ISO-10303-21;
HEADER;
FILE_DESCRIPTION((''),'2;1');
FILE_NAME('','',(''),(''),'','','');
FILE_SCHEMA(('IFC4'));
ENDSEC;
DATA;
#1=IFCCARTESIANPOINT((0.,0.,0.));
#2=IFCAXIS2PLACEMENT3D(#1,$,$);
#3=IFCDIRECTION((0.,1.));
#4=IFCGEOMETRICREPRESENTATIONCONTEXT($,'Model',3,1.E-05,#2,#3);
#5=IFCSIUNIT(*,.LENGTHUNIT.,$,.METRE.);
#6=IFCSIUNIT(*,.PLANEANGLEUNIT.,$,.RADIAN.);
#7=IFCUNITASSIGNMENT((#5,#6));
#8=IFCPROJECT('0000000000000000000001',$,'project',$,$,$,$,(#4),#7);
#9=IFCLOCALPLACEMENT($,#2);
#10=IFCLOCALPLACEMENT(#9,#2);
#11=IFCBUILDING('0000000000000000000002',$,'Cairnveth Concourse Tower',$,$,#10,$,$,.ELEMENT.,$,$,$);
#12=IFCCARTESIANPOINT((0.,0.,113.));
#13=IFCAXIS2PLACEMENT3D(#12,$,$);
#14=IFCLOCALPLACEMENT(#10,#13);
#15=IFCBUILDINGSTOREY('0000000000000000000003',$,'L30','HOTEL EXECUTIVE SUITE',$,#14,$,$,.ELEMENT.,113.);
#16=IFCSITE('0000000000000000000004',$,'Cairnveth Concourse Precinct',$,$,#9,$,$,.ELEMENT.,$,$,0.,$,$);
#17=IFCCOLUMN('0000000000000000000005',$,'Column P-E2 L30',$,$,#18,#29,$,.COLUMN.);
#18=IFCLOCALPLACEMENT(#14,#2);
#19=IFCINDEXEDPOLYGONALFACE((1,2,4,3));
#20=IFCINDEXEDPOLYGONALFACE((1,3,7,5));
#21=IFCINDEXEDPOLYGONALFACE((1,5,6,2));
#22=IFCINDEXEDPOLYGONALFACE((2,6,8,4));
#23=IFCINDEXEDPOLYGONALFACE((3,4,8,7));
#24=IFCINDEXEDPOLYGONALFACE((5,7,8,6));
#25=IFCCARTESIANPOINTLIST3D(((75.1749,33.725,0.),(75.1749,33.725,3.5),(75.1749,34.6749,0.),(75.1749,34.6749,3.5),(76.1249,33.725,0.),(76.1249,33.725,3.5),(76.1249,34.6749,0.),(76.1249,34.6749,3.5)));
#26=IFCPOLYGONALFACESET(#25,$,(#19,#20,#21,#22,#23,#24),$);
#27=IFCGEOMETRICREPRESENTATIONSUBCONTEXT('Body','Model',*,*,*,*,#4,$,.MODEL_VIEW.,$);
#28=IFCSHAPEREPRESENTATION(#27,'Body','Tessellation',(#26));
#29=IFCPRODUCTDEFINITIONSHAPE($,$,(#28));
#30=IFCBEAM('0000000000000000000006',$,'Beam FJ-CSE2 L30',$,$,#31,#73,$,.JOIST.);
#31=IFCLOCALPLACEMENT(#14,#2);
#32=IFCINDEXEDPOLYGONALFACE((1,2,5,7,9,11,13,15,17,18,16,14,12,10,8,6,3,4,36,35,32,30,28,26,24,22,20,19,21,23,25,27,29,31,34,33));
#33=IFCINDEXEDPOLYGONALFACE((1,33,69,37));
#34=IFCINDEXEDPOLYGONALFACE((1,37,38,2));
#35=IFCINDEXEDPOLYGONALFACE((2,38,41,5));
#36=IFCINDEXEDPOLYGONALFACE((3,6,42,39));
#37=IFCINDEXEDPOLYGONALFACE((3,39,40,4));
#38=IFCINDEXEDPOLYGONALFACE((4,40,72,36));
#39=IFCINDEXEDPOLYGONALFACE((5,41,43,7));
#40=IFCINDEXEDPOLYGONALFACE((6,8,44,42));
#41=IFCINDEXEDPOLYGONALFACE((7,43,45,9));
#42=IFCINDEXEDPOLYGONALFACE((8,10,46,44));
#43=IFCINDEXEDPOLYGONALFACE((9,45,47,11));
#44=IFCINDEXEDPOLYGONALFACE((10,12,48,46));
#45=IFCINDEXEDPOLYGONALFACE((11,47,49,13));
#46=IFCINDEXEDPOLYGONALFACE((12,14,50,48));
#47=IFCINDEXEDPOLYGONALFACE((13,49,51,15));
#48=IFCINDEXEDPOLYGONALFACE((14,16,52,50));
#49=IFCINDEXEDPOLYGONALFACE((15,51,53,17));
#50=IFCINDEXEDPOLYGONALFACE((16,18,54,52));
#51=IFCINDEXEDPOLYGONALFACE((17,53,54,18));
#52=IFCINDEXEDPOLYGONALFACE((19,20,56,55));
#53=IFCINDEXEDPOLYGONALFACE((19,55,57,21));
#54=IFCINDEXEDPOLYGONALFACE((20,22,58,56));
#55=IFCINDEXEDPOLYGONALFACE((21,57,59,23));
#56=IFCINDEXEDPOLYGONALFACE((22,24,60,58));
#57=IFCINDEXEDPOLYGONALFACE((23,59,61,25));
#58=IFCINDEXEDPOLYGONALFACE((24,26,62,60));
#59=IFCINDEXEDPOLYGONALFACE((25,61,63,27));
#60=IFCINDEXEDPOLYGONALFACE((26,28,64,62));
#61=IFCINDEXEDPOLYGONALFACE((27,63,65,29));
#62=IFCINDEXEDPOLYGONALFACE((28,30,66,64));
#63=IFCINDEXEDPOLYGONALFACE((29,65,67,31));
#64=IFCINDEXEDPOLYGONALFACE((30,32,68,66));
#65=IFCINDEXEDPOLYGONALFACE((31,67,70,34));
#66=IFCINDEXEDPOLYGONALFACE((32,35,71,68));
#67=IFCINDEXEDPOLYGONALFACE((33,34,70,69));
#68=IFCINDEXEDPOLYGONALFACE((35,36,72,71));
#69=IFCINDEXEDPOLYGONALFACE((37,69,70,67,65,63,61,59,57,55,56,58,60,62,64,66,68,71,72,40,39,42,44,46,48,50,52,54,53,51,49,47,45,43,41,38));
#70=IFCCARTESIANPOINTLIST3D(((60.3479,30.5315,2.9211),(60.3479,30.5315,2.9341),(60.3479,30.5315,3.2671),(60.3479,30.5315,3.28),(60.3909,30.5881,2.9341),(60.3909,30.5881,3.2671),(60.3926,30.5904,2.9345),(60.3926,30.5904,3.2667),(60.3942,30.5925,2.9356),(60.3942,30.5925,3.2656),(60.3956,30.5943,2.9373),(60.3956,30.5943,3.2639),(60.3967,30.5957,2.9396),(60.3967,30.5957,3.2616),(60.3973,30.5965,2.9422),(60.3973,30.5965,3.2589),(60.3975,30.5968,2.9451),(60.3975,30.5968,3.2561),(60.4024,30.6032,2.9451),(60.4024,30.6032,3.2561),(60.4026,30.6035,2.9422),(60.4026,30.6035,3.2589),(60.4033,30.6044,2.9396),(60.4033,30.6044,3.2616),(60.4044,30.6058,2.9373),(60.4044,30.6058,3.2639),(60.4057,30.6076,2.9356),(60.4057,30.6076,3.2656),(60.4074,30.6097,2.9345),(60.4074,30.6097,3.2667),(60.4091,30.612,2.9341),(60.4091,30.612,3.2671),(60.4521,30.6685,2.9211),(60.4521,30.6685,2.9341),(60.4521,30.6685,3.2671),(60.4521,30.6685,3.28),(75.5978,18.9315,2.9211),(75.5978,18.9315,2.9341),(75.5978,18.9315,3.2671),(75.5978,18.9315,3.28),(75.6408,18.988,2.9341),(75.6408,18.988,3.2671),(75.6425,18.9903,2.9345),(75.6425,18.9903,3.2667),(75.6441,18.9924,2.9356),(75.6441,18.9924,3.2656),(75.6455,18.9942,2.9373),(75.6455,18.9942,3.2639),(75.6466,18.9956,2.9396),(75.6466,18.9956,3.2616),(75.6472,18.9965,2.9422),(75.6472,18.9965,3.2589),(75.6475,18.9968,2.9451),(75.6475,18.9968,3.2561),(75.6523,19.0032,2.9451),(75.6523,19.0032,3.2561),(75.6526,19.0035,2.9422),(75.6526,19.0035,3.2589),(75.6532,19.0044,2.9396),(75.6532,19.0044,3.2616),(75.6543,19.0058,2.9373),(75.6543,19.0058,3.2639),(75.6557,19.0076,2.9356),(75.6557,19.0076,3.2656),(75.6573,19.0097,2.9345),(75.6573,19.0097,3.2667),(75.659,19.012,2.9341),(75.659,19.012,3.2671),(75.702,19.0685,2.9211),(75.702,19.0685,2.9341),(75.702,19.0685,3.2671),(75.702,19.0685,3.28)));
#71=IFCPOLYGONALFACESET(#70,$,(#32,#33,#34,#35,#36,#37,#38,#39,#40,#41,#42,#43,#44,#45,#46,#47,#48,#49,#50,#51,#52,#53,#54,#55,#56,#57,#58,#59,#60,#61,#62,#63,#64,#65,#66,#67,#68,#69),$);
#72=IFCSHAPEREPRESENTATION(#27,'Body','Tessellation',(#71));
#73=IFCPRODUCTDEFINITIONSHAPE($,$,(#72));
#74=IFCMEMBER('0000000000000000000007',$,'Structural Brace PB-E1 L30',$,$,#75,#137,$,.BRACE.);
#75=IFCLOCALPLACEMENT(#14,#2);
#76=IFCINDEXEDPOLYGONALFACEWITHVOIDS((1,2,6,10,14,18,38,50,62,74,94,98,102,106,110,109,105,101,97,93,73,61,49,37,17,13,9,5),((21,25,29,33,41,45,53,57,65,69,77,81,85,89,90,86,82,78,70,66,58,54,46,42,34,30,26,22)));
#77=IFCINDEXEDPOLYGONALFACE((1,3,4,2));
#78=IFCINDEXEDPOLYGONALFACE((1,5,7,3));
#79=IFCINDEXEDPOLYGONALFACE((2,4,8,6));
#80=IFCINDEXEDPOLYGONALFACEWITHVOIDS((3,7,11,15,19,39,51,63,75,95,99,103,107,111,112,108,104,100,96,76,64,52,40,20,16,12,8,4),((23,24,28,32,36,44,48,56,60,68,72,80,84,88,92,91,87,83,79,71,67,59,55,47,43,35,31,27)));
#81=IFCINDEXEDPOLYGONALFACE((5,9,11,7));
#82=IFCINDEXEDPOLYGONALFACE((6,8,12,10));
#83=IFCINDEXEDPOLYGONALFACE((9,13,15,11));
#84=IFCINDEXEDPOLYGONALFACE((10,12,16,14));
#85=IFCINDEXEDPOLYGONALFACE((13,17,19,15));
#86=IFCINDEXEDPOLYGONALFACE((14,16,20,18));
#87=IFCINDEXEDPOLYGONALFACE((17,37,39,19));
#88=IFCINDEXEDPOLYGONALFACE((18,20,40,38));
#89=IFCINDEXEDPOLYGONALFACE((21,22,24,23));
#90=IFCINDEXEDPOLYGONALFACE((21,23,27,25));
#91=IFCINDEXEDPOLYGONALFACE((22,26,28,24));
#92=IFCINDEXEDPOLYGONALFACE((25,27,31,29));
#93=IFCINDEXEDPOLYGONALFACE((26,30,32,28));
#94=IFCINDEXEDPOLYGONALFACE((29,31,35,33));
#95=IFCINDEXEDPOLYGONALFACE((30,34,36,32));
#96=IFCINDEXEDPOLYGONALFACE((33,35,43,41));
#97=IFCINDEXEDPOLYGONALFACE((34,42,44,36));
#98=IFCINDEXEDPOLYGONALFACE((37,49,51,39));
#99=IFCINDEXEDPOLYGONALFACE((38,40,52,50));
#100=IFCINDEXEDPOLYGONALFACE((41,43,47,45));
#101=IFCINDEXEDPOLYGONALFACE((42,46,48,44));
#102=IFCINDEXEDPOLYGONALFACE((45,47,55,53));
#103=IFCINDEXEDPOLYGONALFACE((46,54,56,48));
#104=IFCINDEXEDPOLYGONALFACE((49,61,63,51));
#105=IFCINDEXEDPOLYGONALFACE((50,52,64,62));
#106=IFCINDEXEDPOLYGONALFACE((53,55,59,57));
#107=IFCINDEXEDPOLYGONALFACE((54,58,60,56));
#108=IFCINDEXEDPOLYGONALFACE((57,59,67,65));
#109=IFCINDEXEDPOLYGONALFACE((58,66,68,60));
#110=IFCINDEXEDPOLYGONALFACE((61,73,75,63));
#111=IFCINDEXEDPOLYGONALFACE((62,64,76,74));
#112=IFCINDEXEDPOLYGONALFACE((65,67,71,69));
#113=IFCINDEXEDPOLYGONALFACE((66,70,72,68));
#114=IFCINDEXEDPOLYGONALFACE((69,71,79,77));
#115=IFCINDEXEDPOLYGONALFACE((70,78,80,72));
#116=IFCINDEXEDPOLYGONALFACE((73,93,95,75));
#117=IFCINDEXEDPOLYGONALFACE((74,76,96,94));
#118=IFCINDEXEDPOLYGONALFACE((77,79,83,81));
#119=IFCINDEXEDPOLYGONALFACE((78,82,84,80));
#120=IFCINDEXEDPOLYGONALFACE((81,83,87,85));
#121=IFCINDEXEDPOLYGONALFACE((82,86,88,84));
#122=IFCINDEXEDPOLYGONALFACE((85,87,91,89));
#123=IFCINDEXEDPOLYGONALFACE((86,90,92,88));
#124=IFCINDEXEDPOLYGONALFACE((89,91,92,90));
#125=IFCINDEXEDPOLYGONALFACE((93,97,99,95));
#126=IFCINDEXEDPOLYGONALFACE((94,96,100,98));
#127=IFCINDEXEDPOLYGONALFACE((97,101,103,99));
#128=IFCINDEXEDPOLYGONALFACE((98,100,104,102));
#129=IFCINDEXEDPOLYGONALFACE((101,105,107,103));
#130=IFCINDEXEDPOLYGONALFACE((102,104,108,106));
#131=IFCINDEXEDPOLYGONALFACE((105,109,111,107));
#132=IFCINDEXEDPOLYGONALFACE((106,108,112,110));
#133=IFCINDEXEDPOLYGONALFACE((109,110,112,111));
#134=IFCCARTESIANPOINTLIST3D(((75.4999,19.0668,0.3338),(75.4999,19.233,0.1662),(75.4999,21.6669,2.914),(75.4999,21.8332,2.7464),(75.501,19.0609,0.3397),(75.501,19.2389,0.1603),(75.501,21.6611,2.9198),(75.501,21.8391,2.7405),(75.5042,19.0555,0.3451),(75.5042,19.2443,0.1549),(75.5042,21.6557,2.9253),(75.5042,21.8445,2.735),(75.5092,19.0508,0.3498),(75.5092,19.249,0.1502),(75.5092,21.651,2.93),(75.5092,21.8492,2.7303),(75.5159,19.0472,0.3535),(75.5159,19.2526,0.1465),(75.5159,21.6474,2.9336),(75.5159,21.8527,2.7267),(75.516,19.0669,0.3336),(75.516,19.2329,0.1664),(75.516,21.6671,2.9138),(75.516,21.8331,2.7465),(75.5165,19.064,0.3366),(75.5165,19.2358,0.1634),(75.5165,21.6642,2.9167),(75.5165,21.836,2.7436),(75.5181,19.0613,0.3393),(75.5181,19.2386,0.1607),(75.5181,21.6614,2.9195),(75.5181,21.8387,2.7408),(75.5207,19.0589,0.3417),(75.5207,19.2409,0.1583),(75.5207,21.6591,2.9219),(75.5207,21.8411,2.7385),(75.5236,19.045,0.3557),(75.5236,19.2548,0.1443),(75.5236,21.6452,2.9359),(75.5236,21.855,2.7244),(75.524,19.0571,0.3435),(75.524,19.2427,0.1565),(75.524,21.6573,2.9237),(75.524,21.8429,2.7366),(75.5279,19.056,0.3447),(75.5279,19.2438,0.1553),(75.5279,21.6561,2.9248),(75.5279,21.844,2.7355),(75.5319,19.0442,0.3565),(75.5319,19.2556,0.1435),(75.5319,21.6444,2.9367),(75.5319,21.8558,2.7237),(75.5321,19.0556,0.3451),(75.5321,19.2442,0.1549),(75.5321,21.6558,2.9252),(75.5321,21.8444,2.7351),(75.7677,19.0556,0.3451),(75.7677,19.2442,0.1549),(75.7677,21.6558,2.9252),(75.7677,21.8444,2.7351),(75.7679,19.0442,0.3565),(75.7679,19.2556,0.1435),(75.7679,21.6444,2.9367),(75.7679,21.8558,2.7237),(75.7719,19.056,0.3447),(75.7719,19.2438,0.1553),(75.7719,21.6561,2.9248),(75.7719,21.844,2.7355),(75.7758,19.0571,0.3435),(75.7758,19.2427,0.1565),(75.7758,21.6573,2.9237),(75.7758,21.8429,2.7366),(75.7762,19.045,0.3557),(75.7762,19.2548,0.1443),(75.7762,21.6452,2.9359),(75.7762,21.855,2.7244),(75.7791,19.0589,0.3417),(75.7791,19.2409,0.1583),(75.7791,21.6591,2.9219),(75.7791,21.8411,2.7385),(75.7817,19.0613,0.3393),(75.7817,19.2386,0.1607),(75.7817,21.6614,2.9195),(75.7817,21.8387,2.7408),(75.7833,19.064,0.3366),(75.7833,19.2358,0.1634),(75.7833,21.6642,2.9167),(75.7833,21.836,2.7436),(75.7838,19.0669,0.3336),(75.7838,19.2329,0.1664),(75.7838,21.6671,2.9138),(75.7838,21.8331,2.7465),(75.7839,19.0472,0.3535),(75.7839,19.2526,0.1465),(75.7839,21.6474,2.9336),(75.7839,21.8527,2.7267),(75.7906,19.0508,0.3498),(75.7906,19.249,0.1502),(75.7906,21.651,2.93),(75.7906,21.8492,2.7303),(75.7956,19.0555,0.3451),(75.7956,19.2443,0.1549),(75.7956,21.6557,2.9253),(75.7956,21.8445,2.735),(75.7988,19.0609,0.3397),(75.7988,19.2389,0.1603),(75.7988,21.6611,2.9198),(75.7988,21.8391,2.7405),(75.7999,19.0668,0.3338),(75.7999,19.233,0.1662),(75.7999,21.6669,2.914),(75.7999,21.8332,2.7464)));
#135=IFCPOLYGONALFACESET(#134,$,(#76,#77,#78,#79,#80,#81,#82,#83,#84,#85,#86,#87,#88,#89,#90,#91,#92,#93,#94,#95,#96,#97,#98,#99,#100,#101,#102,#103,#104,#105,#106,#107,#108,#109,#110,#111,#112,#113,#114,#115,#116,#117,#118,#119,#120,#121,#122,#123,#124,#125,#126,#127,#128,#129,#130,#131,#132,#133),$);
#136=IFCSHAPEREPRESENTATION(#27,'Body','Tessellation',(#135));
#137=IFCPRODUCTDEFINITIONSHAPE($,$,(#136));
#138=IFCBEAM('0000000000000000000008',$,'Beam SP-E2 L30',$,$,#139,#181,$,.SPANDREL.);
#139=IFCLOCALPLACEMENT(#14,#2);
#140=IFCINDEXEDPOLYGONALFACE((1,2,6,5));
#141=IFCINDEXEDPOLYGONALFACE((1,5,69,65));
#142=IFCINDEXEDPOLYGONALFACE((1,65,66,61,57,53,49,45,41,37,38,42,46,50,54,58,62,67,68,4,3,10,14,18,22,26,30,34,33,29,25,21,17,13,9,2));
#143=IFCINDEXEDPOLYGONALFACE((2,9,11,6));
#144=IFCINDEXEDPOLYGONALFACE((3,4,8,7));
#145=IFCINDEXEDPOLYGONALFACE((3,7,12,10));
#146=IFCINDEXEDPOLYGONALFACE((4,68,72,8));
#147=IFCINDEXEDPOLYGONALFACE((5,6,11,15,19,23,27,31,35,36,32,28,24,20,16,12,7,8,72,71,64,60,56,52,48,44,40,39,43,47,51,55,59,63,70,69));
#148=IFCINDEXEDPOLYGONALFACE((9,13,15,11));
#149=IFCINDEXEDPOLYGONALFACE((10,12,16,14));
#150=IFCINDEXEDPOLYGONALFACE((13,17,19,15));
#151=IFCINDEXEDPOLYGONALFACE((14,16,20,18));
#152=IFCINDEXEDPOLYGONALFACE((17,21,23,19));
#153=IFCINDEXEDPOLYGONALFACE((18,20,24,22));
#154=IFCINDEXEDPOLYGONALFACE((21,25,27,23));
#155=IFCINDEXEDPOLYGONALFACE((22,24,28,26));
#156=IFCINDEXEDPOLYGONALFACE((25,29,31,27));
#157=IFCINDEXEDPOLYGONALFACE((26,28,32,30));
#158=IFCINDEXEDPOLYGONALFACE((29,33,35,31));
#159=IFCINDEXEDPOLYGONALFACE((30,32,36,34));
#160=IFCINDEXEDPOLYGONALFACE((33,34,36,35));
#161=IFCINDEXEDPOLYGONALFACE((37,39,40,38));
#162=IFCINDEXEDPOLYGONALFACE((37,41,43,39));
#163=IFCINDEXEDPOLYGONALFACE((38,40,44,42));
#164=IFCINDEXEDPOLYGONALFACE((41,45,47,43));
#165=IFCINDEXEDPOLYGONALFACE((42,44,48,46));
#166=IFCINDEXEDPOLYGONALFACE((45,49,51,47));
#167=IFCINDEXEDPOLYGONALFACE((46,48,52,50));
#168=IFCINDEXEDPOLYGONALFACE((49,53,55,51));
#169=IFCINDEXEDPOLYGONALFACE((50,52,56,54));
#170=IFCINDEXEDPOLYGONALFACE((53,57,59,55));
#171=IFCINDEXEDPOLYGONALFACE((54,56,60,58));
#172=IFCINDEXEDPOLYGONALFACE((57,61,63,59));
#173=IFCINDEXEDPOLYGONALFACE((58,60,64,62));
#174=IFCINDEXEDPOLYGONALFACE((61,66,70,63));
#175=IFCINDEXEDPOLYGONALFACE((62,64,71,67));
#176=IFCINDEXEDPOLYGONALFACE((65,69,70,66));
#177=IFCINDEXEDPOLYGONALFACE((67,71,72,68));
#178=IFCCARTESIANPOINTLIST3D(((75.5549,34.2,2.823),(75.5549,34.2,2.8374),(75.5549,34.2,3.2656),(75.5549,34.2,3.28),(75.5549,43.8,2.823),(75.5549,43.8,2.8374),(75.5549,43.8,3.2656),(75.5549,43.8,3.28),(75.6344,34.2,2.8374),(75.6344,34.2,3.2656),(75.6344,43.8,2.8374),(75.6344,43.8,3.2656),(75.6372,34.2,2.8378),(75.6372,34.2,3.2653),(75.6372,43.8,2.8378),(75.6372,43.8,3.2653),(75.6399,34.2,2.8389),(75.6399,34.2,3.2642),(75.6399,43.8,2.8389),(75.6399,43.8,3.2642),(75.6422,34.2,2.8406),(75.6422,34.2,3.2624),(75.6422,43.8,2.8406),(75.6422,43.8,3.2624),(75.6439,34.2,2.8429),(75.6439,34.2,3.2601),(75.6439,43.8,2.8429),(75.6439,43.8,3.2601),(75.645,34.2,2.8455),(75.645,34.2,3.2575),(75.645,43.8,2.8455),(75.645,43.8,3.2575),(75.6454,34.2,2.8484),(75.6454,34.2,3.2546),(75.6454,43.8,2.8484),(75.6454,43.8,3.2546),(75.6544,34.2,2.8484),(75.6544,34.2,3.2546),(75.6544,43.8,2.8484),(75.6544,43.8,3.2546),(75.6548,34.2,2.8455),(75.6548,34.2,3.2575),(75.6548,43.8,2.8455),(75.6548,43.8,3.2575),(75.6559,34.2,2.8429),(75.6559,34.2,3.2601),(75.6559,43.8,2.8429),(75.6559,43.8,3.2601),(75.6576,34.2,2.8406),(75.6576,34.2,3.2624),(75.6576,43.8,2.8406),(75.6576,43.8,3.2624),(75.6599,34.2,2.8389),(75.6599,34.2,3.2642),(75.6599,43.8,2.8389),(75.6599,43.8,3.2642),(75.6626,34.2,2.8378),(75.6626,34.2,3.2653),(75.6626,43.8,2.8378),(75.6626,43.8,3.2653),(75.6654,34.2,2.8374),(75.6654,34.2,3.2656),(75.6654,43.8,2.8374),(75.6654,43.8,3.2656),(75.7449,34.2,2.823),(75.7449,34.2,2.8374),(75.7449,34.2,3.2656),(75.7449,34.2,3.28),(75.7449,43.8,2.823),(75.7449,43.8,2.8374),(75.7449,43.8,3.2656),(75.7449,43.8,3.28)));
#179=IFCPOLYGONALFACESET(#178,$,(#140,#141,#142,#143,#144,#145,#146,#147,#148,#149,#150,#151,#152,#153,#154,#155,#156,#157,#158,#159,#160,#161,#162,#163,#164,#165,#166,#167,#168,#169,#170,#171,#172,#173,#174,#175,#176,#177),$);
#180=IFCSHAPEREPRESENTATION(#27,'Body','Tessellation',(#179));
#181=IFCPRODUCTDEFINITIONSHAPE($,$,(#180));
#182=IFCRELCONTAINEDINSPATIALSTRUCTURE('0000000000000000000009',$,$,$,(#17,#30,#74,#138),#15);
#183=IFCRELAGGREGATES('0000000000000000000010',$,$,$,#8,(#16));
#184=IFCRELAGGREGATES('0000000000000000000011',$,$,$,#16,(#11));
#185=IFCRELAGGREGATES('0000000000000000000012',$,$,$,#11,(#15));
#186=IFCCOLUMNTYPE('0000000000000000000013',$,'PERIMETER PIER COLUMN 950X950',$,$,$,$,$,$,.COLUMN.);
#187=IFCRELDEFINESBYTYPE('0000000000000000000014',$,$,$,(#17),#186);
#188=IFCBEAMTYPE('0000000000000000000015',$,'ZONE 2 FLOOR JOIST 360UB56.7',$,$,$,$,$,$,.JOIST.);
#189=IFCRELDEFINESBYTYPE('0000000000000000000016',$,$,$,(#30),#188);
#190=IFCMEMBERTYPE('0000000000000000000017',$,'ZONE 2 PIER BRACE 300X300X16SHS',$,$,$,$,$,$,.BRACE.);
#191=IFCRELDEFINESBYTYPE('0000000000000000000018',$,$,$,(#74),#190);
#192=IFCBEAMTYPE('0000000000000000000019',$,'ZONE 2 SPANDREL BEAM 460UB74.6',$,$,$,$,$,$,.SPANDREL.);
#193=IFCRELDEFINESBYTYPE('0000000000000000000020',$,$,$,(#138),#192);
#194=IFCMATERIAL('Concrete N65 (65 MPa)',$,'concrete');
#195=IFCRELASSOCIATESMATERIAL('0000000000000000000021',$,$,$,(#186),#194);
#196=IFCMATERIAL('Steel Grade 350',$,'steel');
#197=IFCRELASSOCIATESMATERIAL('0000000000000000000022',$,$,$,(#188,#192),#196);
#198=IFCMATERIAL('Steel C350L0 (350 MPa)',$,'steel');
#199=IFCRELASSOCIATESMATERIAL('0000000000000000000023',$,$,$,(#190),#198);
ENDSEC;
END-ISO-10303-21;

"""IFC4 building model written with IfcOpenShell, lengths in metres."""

from ifc_helpers import new_model, si_unit, direction, frame, origin, origin_2d, place, context, subcontext, project, spatial, rectangle, hollow_rectangle, i_section, extrude, material, material_profile, profile_set, type_object, element, save


model = new_model("IFC4")

# Units and contexts
model_context = context("Model", 3, precision=1e-05, world=origin(), true_north=direction((0.0, 1.0)))
body_context = subcontext(model_context, "Body", "Model", "MODEL_VIEW")
ifc_project = project(units=[si_unit("LENGTHUNIT", "METRE"), si_unit("PLANEANGLEUNIT", "RADIAN")], contexts=[model_context])

# Site, building, storey
site_placement = place(None, origin())
site = spatial("IfcSite", under=ifc_project, at=site_placement, Name="Cairnveth Concourse Precinct", CompositionType="ELEMENT", RefElevation=0.0)
building_placement = place(site_placement, origin())
building = spatial("IfcBuilding", under=site, at=building_placement, Name="Cairnveth Concourse Tower", CompositionType="ELEMENT")
storey_placement = place(building_placement, frame((0.0, 0.0, 113.0)))
storey = spatial("IfcBuildingStorey", under=building, at=storey_placement, Name="L30", Description="HOTEL EXECUTIVE SUITE", CompositionType="ELEMENT", Elevation=113.0)

# Column
ifc_material_1 = material(Name="Concrete N65 (65 MPa)", Category="concrete")
ifc_material_profile_1 = material_profile(ifc_material_1, rectangle(XDim=0.95, YDim=0.95, at=origin_2d()), Name="RC-COL-950x950")
ifc_profile_set_1 = profile_set([ifc_material_profile_1], Name="Concrete N65 (65 MPa)")
column_type = type_object("IfcColumnType", Name="PERIMETER PIER COLUMN 950X950", PredefinedType="COLUMN", material=ifc_profile_set_1)
column_placement = place(storey_placement, frame((75.6499, 34.2, 0.0), z_axis=(0.0, 0.0, 1.0), x_axis=(0.0, 1.0, 0.0)))
element("IfcColumn", 1, at=column_placement, inside=storey, type_object=column_type, Name="Column P-E2 L30", PredefinedType="COLUMN", context=body_context, shape_type="SweptSolid", body=[
    extrude(rectangle(XDim=0.95, YDim=0.95, at=origin_2d()), origin(), (0.0, 0.0, 1.0), 3.5),
])

# Beam
ifc_material_2 = material(Name="Steel Grade 350", Category="steel")
ifc_material_profile_2 = material_profile(ifc_material_2, i_section(OverallWidth=0.1721, OverallDepth=0.3589, WebThickness=0.0081, FlangeThickness=0.0129, FilletRadius=0.011, at=origin_2d()), Name="360UB56.7")
ifc_profile_set_2 = profile_set([ifc_material_profile_2], Name="Steel Grade 350")
beam_type_1 = type_object("IfcBeamType", Name="ZONE 2 FLOOR JOIST 360UB56.7", PredefinedType="JOIST", material=ifc_profile_set_2)
beam_1_placement = place(storey_placement, frame((75.6499, 19.0, 3.1006), z_axis=(-0.795908, 0.605417, 0.0), x_axis=(-0.605417, -0.795908, 0.0)))
element("IfcBeam", 2, at=beam_1_placement, inside=storey, type_object=beam_type_1, Name="Beam FJ-CSE2 L30", PredefinedType="JOIST", context=body_context, shape_type="SweptSolid", body=[
    extrude(i_section(OverallWidth=0.1721, OverallDepth=0.3589, WebThickness=0.0081, FlangeThickness=0.0129, FilletRadius=0.011, at=origin_2d()), origin(), (0.0, 0.0, 1.0), 19.1604),
])

# Member
ifc_material_3 = material(Name="Steel C350L0 (350 MPa)", Category="steel")
ifc_material_profile_3 = material_profile(ifc_material_3, hollow_rectangle(XDim=0.3, YDim=0.3, WallThickness=0.0161, InnerFilletRadius=0.0161, OuterFilletRadius=0.032, at=origin_2d()), Name="300x300x16.0SHS")
ifc_profile_set_3 = profile_set([ifc_material_profile_3], Name="Steel C350L0 (350 MPa)")
member_type = type_object("IfcMemberType", Name="ZONE 2 PIER BRACE 300X300X16SHS", PredefinedType="BRACE", material=ifc_profile_set_3)
member_placement = place(storey_placement, frame((75.6499, 19.1499, 0.25), z_axis=(0.0, 0.709834, 0.704369), x_axis=(-1.0, 0.0, 0.0)))
element("IfcMember", 3, at=member_placement, inside=storey, type_object=member_type, Name="Structural Brace PB-E1 L30", PredefinedType="BRACE", context=body_context, shape_type="SweptSolid", body=[
    extrude(hollow_rectangle(XDim=0.3, YDim=0.3, WallThickness=0.0161, InnerFilletRadius=0.0161, OuterFilletRadius=0.032, at=origin_2d()), origin(), (0.0, 0.0, 1.0), 3.6631),
])

# Beam
ifc_material_profile_4 = material_profile(ifc_material_2, i_section(OverallWidth=0.1899, OverallDepth=0.457, WebThickness=0.009, FlangeThickness=0.0144, FilletRadius=0.011, at=origin_2d()), Name="460UB74.6")
ifc_profile_set_4 = profile_set([ifc_material_profile_4], Name="Steel Grade 350")
beam_type_2 = type_object("IfcBeamType", Name="ZONE 2 SPANDREL BEAM 460UB74.6", PredefinedType="SPANDREL", material=ifc_profile_set_4)
beam_2_placement = place(storey_placement, frame((75.6499, 34.2, 3.0515), z_axis=(0.0, 1.0, 0.0), x_axis=(-1.0, 0.0, 0.0)))
element("IfcBeam", 4, at=beam_2_placement, inside=storey, type_object=beam_type_2, Name="Beam SP-E2 L30", PredefinedType="SPANDREL", context=body_context, shape_type="SweptSolid", body=[
    extrude(i_section(OverallWidth=0.1899, OverallDepth=0.457, WebThickness=0.009, FlangeThickness=0.0144, FilletRadius=0.011, at=origin_2d()), origin(), (0.0, 0.0, 1.0), 9.6001),
])

save(model, "model.ifc")
